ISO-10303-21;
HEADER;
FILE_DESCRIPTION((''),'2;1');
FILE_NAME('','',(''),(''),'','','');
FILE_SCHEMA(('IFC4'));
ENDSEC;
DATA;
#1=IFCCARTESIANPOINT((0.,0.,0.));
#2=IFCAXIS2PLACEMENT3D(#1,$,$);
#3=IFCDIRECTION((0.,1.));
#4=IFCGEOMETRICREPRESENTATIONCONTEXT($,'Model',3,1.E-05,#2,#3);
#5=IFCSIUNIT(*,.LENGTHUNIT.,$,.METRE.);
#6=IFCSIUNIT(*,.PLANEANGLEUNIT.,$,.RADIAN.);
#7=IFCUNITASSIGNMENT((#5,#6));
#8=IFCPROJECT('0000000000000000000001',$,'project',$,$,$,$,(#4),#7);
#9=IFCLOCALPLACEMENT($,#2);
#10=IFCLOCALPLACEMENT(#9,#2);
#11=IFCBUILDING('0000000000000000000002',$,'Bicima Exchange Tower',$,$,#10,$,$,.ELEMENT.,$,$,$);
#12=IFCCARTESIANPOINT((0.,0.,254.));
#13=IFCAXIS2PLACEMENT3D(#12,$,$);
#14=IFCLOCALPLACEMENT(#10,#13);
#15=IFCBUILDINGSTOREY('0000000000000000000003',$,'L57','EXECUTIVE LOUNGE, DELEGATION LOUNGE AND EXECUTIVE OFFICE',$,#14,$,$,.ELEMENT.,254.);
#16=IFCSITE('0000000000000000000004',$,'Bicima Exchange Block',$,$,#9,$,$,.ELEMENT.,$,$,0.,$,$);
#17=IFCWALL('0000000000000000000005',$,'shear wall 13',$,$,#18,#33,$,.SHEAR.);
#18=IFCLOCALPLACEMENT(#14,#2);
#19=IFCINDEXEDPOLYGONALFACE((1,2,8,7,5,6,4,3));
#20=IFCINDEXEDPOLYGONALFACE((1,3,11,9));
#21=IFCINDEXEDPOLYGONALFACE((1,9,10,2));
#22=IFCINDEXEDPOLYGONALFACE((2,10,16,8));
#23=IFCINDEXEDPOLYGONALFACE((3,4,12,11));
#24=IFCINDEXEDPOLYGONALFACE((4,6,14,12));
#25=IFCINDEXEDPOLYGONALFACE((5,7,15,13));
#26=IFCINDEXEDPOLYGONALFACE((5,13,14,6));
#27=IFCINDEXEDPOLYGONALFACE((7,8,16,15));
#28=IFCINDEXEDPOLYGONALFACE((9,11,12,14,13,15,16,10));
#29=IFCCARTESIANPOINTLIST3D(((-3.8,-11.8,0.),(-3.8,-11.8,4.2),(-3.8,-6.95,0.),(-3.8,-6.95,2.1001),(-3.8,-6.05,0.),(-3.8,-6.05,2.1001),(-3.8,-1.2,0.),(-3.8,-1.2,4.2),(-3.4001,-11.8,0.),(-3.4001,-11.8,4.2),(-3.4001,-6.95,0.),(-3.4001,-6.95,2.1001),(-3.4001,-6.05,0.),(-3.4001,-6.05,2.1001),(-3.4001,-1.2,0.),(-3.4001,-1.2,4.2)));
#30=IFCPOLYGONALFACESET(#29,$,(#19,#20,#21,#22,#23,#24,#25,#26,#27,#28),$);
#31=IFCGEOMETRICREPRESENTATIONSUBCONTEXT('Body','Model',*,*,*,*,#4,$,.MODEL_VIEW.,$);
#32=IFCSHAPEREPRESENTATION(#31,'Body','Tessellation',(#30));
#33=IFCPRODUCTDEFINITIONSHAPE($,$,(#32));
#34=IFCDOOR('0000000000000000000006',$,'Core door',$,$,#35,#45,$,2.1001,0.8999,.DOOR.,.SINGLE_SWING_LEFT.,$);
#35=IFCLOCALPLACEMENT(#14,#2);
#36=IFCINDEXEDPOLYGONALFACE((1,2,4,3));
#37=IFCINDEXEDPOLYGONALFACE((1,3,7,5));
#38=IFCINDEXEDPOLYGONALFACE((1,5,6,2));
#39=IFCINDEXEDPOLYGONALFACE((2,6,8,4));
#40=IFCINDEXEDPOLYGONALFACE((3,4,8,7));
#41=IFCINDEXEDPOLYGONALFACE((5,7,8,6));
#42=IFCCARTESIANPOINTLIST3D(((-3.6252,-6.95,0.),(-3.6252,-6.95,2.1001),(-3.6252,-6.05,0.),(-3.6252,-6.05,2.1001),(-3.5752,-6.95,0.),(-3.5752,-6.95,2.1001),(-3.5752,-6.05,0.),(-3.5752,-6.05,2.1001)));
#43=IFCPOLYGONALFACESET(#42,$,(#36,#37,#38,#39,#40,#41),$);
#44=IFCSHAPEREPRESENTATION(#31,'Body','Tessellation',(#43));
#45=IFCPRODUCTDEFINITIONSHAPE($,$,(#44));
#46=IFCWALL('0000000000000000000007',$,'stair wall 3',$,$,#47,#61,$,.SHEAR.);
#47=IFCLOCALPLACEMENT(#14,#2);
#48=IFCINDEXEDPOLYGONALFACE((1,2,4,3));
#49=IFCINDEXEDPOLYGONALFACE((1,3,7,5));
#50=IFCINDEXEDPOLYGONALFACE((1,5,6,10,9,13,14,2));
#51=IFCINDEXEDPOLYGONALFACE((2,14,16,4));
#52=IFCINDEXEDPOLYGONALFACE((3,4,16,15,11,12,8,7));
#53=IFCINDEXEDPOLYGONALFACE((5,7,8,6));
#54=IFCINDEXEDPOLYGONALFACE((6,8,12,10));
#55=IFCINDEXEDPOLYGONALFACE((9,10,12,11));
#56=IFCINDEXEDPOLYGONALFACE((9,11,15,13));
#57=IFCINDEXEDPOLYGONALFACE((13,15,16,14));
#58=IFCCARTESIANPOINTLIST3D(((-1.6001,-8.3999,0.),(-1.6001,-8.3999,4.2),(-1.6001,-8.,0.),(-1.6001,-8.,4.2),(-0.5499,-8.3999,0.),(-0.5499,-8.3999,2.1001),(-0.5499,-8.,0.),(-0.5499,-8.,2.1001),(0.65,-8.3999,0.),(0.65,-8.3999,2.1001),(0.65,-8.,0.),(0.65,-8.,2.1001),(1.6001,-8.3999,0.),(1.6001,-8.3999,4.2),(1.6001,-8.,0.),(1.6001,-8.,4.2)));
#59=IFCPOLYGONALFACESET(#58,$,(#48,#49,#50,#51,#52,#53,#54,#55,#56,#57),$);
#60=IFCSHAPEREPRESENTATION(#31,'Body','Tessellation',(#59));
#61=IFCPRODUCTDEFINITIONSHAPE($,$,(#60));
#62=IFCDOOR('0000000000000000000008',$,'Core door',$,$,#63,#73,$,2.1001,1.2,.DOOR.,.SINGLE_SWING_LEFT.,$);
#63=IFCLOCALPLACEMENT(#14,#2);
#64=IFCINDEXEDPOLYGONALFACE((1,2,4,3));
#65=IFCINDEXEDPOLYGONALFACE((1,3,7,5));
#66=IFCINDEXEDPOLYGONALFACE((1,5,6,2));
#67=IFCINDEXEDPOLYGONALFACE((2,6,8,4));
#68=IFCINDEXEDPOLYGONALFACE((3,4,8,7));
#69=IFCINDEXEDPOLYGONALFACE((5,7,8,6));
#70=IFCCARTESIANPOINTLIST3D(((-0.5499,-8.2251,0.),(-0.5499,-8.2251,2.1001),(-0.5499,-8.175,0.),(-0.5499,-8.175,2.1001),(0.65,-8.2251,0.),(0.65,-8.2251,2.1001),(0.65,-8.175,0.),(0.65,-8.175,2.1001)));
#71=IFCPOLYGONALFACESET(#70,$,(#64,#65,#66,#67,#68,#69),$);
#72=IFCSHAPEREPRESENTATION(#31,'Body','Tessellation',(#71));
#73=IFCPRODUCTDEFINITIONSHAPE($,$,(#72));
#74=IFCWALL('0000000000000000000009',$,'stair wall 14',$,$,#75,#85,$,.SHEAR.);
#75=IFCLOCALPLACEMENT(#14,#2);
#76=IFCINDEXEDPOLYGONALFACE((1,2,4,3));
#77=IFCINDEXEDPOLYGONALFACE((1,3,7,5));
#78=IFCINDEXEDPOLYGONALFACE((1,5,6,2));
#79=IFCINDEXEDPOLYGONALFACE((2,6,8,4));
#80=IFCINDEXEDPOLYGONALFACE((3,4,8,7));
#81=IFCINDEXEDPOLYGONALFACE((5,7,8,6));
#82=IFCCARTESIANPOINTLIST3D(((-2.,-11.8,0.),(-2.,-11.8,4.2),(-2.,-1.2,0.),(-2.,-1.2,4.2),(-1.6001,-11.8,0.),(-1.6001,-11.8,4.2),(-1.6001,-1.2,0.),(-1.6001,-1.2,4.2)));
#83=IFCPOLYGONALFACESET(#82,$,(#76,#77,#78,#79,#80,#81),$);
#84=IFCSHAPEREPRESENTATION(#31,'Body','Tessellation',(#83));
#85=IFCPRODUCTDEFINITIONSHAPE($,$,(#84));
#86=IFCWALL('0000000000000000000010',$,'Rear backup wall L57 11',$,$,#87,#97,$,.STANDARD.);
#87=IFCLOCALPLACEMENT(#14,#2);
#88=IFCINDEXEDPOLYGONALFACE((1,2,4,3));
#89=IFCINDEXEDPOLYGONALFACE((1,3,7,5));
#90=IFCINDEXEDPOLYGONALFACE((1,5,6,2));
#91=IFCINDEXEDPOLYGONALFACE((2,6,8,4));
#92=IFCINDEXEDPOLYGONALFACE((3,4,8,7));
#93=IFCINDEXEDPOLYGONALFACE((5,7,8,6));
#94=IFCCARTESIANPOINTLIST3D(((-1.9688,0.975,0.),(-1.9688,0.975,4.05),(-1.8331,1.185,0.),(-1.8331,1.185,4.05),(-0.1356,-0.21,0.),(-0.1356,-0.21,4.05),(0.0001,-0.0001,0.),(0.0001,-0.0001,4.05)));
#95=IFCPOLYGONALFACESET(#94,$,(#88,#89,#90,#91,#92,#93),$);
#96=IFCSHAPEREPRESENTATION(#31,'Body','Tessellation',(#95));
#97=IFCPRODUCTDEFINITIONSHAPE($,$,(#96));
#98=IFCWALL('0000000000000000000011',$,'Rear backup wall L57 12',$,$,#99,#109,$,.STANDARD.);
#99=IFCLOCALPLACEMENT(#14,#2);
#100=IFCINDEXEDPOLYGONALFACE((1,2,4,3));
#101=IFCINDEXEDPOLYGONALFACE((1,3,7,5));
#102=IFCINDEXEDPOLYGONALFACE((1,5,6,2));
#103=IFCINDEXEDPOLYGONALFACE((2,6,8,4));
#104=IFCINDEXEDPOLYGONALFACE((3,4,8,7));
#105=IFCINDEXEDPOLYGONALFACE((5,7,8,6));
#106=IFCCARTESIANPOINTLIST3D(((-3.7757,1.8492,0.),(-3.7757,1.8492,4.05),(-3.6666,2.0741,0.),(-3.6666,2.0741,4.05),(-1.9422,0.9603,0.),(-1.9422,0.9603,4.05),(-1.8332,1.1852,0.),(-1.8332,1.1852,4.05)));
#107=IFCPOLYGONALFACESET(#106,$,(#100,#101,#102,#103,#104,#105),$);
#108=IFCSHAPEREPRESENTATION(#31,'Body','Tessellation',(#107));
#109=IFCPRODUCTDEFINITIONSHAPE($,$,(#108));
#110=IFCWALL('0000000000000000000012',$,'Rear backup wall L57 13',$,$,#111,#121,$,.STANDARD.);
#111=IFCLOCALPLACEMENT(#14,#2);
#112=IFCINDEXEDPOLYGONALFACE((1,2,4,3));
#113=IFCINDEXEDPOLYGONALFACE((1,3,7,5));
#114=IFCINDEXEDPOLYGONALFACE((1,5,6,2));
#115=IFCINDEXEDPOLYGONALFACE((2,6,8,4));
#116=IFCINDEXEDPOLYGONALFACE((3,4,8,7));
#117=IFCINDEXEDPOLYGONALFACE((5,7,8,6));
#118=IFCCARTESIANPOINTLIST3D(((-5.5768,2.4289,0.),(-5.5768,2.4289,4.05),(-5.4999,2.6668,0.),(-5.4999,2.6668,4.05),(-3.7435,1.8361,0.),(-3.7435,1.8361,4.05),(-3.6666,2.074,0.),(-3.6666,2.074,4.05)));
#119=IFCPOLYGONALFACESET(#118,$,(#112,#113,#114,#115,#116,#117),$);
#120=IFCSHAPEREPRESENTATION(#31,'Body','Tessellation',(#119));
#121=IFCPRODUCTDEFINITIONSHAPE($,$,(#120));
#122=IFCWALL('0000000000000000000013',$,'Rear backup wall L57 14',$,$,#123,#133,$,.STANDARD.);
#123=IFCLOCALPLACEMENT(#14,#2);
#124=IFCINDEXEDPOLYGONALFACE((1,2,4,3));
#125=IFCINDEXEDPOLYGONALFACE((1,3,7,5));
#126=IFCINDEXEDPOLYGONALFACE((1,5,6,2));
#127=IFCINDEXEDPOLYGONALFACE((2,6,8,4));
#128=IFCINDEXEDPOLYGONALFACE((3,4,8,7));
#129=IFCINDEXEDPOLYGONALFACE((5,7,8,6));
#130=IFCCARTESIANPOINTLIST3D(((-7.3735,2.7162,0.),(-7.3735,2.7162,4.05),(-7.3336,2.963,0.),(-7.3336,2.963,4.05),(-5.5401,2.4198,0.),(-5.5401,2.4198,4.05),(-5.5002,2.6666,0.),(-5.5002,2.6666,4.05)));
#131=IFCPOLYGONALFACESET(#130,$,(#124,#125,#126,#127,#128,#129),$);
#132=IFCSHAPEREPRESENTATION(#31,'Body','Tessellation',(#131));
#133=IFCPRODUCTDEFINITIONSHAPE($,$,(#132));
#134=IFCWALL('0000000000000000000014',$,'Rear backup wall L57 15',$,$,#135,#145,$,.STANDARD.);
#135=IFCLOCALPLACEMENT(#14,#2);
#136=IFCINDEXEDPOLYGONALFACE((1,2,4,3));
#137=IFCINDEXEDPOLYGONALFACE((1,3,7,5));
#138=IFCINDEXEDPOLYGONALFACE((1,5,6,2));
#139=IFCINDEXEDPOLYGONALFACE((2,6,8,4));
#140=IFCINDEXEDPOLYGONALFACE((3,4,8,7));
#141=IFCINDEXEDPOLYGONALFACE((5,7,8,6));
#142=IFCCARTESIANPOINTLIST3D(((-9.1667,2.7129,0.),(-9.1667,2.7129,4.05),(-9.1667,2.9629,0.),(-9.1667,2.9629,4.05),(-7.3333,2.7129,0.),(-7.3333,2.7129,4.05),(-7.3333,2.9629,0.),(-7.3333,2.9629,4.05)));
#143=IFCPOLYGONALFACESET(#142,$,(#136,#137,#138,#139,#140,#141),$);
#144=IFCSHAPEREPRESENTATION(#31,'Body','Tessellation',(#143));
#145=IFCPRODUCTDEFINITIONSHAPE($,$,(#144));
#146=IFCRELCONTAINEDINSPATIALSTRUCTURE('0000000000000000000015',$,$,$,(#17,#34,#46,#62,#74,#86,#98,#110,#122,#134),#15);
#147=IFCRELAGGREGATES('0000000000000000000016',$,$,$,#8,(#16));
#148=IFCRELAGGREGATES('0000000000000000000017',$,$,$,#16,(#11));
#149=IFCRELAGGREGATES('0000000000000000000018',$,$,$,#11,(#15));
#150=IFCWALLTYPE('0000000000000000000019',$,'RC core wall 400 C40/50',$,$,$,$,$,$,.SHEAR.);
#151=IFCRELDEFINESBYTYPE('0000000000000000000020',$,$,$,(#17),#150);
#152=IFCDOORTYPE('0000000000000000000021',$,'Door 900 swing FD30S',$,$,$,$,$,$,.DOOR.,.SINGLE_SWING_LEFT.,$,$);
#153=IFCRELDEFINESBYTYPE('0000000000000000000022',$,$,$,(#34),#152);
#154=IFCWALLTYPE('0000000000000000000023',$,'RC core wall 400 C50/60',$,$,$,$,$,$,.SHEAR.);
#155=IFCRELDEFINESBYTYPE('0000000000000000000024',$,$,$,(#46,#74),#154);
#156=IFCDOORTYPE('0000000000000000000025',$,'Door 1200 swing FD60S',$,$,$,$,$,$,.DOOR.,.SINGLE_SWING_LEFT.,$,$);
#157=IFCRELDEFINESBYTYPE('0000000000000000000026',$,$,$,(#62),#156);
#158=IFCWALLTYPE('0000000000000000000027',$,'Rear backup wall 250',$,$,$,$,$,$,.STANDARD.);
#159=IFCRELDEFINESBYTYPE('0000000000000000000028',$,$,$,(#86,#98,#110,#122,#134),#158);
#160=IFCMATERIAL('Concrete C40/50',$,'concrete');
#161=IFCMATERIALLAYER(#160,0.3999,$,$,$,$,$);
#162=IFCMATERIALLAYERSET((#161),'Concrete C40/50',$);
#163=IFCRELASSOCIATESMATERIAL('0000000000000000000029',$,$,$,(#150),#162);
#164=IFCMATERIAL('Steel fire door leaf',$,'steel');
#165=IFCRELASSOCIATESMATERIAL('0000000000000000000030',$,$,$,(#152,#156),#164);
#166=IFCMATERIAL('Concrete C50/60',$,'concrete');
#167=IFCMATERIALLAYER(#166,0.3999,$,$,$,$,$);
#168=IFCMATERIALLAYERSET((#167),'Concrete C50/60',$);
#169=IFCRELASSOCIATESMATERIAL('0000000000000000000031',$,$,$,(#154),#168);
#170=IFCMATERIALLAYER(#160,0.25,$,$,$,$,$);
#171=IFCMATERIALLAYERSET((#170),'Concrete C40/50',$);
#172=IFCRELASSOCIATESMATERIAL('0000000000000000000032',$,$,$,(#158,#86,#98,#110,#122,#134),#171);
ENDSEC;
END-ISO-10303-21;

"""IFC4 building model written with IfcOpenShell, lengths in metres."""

from ifc_helpers import new_model, si_unit, direction, frame, frame_2d, origin, place, context, subcontext, project, spatial, rectangle, extrude, material, layer, layer_set, layer_usage, type_object, element, fill, save


model = new_model("IFC4")

# Units and contexts
model_context = context("Model", 3, precision=1e-05, world=origin(), true_north=direction((0.0, 1.0)))
body_context = subcontext(model_context, "Body", "Model", "MODEL_VIEW")
ifc_project = project(units=[si_unit("LENGTHUNIT", "METRE"), si_unit("PLANEANGLEUNIT", "RADIAN")], contexts=[model_context])

# Site, building, storey
site_placement = place(None, origin())
site = spatial("IfcSite", under=ifc_project, at=site_placement, Name="Bicima Exchange Block", CompositionType="ELEMENT", RefElevation=0.0)
building_placement = place(site_placement, origin())
building = spatial("IfcBuilding", under=site, at=building_placement, Name="Bicima Exchange Tower", CompositionType="ELEMENT")
storey_placement = place(building_placement, frame((0.0, 0.0, 254.0)))
storey = spatial("IfcBuildingStorey", under=building, at=storey_placement, Name="L57", Description="EXECUTIVE LOUNGE, DELEGATION LOUNGE AND EXECUTIVE OFFICE", CompositionType="ELEMENT", Elevation=254.0)

# Shared definitions
ifc_material_1 = material(Name="Concrete C40/50", Category="concrete")

# Walls, openings, doors
ifc_layer_1 = layer(ifc_material_1, 0.3999)
ifc_layer_set_1 = layer_set([ifc_layer_1], Name="Concrete C40/50")
wall_type_1 = type_object("IfcWallType", Name="RC core wall 400 C40/50", PredefinedType="SHEAR", material=ifc_layer_set_1)
ifc_material_2 = material(Name="Steel fire door leaf", Category="steel")
door_type_1 = type_object("IfcDoorType", Name="Door 900 swing FD30S", OperationType="SINGLE_SWING_LEFT", PredefinedType="DOOR", material=ifc_material_2)
wall_1_placement = place(storey_placement, frame((-3.6001, -11.8, 0.0), z_axis=(0.0, 0.0, 1.0), x_axis=(0.0, 1.0, 0.0)))
wall_1 = element("IfcWall", 1, at=wall_1_placement, inside=storey, type_object=wall_type_1, Name="shear wall 13", PredefinedType="SHEAR", context=body_context, shape_type="SweptSolid", body=[
    extrude(rectangle(XDim=10.6001, YDim=0.3999, at=frame_2d((5.3, 0.0))), origin(), (0.0, 0.0, 1.0), 4.2),
])
opening_1_placement = place(wall_1_placement, frame((4.8501, 0.0, 0.0)))
opening_1 = element("IfcOpeningElement", 2, at=opening_1_placement, cuts=wall_1, PredefinedType="OPENING", context=body_context, shape_type="SweptSolid", body=[
    extrude(rectangle(XDim=0.8999, YDim=2.1001, at=frame_2d((0.45, 1.05))), frame((0.0, 0.2119, 0.0), z_axis=(0.0, -1.0, 0.0), x_axis=(1.0, 0.0, 0.0)), (0.0, 0.0, 1.0), 0.4238),
])
door_1_placement = place(opening_1_placement, frame((0.8999, 0.0, 0.0), z_axis=(0.0, 0.0, 1.0), x_axis=(-1.0, 0.0, 0.0)))
door_1 = element("IfcDoor", 3, at=door_1_placement, inside=storey, type_object=door_type_1, Name="Core door", OperationType="SINGLE_SWING_LEFT", OverallHeight=2.1001, OverallWidth=0.8999, PredefinedType="DOOR", context=body_context, shape_type="SweptSolid", body=[
    extrude(rectangle(XDim=0.8999, YDim=2.1001, at=frame_2d((0.45, 1.05))), frame((0.0, 0.0249, 0.0), z_axis=(0.0, -1.0, 0.0), x_axis=(1.0, 0.0, 0.0)), (0.0, 0.0, 1.0), 0.05),
])
fill(opening_1, door_1)
ifc_material_3 = material(Name="Concrete C50/60", Category="concrete")
ifc_layer_2 = layer(ifc_material_3, 0.3999)
ifc_layer_set_2 = layer_set([ifc_layer_2], Name="Concrete C50/60")
wall_type_2 = type_object("IfcWallType", Name="RC core wall 400 C50/60", PredefinedType="SHEAR", material=ifc_layer_set_2)
wall_2_placement = place(storey_placement, frame((-1.6001, -8.2, 0.0), z_axis=(0.0, 0.0, 1.0), x_axis=(1.0, 0.0, 0.0)))
wall_2 = element("IfcWall", 4, at=wall_2_placement, inside=storey, type_object=wall_type_2, Name="stair wall 3", PredefinedType="SHEAR", context=body_context, shape_type="SweptSolid", body=[
    extrude(rectangle(XDim=3.2002, YDim=0.3999, at=frame_2d((1.6001, 0.0))), origin(), (0.0, 0.0, 1.0), 4.2),
])
opening_2_placement = place(wall_2_placement, frame((1.05, 0.0, 0.0)))
opening_2 = element("IfcOpeningElement", 5, at=opening_2_placement, cuts=wall_2, PredefinedType="OPENING", context=body_context, shape_type="SweptSolid", body=[
    extrude(rectangle(XDim=1.2, YDim=2.1001, at=frame_2d((0.6001, 1.05))), frame((0.0, 0.2119, 0.0), z_axis=(0.0, -1.0, 0.0), x_axis=(1.0, 0.0, 0.0)), (0.0, 0.0, 1.0), 0.4238),
])
door_type_2 = type_object("IfcDoorType", Name="Door 1200 swing FD60S", OperationType="SINGLE_SWING_LEFT", PredefinedType="DOOR", material=ifc_material_2)
door_2_placement = place(opening_2_placement, origin())
door_2 = element("IfcDoor", 6, at=door_2_placement, inside=storey, type_object=door_type_2, Name="Core door", OperationType="SINGLE_SWING_LEFT", OverallHeight=2.1001, OverallWidth=1.2, PredefinedType="DOOR", context=body_context, shape_type="SweptSolid", body=[
    extrude(rectangle(XDim=1.2, YDim=2.1001, at=frame_2d((0.6001, 1.05))), frame((0.0, 0.0249, 0.0), z_axis=(0.0, -1.0, 0.0), x_axis=(1.0, 0.0, 0.0)), (0.0, 0.0, 1.0), 0.05),
])
fill(opening_2, door_2)

# Walls
wall_3_placement = place(storey_placement, frame((-1.8, -11.8, 0.0), z_axis=(0.0, 0.0, 1.0), x_axis=(0.0, 1.0, 0.0)))
element("IfcWall", 7, at=wall_3_placement, inside=storey, type_object=wall_type_2, Name="stair wall 14", PredefinedType="SHEAR", context=body_context, shape_type="SweptSolid", body=[
    extrude(rectangle(XDim=10.6001, YDim=0.3999, at=frame_2d((5.3, 0.0))), origin(), (0.0, 0.0, 1.0), 4.2),
])
ifc_layer_3 = layer(ifc_material_1, 0.25)
ifc_layer_set_3 = layer_set([ifc_layer_3], Name="Concrete C40/50")
ifc_layer_usage = layer_usage(ifc_layer_set_3, "AXIS2", "POSITIVE", -0.125)
wall_type_3 = type_object("IfcWallType", Name="Rear backup wall 250", PredefinedType="STANDARD", material=ifc_layer_set_3)
wall_4_placement = place(storey_placement, frame((-0.0679, -0.105, 0.0), z_axis=(0.0, 0.0, 1.0), x_axis=(-0.839813, 0.542876, 0.0)))
element("IfcWall", 8, at=wall_4_placement, inside=storey, type_object=wall_type_3, material=ifc_layer_usage, Name="Rear backup wall L57 11", PredefinedType="STANDARD", context=body_context, shape_type="SweptSolid", body=[
    extrude(rectangle(XDim=2.1829, YDim=0.25, at=frame_2d((1.0913, 0.0))), origin(), (0.0, 0.0, 1.0), 4.05),
])
wall_5_placement = place(storey_placement, frame((-1.8877, 1.0728, 0.0), z_axis=(0.0, 0.0, 1.0), x_axis=(-0.899824, 0.436253, 0.0)))
element("IfcWall", 9, at=wall_5_placement, inside=storey, type_object=wall_type_3, material=ifc_layer_usage, Name="Rear backup wall L57 12", PredefinedType="STANDARD", context=body_context, shape_type="SweptSolid", body=[
    extrude(rectangle(XDim=2.0376, YDim=0.25, at=frame_2d((1.0188, 0.0))), origin(), (0.0, 0.0, 1.0), 4.05),
])
wall_6_placement = place(storey_placement, frame((-3.7051, 1.9551, 0.0), z_axis=(0.0, 0.0, 1.0), x_axis=(-0.951496, 0.307662, 0.0)))
element("IfcWall", 10, at=wall_6_placement, inside=storey, type_object=wall_type_3, material=ifc_layer_usage, Name="Rear backup wall L57 13", PredefinedType="STANDARD", context=body_context, shape_type="SweptSolid", body=[
    extrude(rectangle(XDim=1.9268, YDim=0.25, at=frame_2d((0.9634, 0.0))), origin(), (0.0, 0.0, 1.0), 4.05),
])
wall_7_placement = place(storey_placement, frame((-5.52, 2.5432, 0.0), z_axis=(0.0, 0.0, 1.0), x_axis=(-0.987182, 0.1596, 0.0)))
element("IfcWall", 11, at=wall_7_placement, inside=storey, type_object=wall_type_3, material=ifc_layer_usage, Name="Rear backup wall L57 14", PredefinedType="STANDARD", context=body_context, shape_type="SweptSolid", body=[
    extrude(rectangle(XDim=1.8572, YDim=0.25, at=frame_2d((0.9287, 0.0))), origin(), (0.0, 0.0, 1.0), 4.05),
])
wall_8_placement = place(storey_placement, frame((-7.3333, 2.8379, 0.0), z_axis=(0.0, 0.0, 1.0), x_axis=(-1.0, 0.0, 0.0)))
element("IfcWall", 12, at=wall_8_placement, inside=storey, type_object=wall_type_3, material=ifc_layer_usage, Name="Rear backup wall L57 15", PredefinedType="STANDARD", context=body_context, shape_type="SweptSolid", body=[
    extrude(rectangle(XDim=1.8335, YDim=0.25, at=frame_2d((0.9167, 0.0))), origin(), (0.0, 0.0, 1.0), 4.05),
])

save(model, "model.ifc")
